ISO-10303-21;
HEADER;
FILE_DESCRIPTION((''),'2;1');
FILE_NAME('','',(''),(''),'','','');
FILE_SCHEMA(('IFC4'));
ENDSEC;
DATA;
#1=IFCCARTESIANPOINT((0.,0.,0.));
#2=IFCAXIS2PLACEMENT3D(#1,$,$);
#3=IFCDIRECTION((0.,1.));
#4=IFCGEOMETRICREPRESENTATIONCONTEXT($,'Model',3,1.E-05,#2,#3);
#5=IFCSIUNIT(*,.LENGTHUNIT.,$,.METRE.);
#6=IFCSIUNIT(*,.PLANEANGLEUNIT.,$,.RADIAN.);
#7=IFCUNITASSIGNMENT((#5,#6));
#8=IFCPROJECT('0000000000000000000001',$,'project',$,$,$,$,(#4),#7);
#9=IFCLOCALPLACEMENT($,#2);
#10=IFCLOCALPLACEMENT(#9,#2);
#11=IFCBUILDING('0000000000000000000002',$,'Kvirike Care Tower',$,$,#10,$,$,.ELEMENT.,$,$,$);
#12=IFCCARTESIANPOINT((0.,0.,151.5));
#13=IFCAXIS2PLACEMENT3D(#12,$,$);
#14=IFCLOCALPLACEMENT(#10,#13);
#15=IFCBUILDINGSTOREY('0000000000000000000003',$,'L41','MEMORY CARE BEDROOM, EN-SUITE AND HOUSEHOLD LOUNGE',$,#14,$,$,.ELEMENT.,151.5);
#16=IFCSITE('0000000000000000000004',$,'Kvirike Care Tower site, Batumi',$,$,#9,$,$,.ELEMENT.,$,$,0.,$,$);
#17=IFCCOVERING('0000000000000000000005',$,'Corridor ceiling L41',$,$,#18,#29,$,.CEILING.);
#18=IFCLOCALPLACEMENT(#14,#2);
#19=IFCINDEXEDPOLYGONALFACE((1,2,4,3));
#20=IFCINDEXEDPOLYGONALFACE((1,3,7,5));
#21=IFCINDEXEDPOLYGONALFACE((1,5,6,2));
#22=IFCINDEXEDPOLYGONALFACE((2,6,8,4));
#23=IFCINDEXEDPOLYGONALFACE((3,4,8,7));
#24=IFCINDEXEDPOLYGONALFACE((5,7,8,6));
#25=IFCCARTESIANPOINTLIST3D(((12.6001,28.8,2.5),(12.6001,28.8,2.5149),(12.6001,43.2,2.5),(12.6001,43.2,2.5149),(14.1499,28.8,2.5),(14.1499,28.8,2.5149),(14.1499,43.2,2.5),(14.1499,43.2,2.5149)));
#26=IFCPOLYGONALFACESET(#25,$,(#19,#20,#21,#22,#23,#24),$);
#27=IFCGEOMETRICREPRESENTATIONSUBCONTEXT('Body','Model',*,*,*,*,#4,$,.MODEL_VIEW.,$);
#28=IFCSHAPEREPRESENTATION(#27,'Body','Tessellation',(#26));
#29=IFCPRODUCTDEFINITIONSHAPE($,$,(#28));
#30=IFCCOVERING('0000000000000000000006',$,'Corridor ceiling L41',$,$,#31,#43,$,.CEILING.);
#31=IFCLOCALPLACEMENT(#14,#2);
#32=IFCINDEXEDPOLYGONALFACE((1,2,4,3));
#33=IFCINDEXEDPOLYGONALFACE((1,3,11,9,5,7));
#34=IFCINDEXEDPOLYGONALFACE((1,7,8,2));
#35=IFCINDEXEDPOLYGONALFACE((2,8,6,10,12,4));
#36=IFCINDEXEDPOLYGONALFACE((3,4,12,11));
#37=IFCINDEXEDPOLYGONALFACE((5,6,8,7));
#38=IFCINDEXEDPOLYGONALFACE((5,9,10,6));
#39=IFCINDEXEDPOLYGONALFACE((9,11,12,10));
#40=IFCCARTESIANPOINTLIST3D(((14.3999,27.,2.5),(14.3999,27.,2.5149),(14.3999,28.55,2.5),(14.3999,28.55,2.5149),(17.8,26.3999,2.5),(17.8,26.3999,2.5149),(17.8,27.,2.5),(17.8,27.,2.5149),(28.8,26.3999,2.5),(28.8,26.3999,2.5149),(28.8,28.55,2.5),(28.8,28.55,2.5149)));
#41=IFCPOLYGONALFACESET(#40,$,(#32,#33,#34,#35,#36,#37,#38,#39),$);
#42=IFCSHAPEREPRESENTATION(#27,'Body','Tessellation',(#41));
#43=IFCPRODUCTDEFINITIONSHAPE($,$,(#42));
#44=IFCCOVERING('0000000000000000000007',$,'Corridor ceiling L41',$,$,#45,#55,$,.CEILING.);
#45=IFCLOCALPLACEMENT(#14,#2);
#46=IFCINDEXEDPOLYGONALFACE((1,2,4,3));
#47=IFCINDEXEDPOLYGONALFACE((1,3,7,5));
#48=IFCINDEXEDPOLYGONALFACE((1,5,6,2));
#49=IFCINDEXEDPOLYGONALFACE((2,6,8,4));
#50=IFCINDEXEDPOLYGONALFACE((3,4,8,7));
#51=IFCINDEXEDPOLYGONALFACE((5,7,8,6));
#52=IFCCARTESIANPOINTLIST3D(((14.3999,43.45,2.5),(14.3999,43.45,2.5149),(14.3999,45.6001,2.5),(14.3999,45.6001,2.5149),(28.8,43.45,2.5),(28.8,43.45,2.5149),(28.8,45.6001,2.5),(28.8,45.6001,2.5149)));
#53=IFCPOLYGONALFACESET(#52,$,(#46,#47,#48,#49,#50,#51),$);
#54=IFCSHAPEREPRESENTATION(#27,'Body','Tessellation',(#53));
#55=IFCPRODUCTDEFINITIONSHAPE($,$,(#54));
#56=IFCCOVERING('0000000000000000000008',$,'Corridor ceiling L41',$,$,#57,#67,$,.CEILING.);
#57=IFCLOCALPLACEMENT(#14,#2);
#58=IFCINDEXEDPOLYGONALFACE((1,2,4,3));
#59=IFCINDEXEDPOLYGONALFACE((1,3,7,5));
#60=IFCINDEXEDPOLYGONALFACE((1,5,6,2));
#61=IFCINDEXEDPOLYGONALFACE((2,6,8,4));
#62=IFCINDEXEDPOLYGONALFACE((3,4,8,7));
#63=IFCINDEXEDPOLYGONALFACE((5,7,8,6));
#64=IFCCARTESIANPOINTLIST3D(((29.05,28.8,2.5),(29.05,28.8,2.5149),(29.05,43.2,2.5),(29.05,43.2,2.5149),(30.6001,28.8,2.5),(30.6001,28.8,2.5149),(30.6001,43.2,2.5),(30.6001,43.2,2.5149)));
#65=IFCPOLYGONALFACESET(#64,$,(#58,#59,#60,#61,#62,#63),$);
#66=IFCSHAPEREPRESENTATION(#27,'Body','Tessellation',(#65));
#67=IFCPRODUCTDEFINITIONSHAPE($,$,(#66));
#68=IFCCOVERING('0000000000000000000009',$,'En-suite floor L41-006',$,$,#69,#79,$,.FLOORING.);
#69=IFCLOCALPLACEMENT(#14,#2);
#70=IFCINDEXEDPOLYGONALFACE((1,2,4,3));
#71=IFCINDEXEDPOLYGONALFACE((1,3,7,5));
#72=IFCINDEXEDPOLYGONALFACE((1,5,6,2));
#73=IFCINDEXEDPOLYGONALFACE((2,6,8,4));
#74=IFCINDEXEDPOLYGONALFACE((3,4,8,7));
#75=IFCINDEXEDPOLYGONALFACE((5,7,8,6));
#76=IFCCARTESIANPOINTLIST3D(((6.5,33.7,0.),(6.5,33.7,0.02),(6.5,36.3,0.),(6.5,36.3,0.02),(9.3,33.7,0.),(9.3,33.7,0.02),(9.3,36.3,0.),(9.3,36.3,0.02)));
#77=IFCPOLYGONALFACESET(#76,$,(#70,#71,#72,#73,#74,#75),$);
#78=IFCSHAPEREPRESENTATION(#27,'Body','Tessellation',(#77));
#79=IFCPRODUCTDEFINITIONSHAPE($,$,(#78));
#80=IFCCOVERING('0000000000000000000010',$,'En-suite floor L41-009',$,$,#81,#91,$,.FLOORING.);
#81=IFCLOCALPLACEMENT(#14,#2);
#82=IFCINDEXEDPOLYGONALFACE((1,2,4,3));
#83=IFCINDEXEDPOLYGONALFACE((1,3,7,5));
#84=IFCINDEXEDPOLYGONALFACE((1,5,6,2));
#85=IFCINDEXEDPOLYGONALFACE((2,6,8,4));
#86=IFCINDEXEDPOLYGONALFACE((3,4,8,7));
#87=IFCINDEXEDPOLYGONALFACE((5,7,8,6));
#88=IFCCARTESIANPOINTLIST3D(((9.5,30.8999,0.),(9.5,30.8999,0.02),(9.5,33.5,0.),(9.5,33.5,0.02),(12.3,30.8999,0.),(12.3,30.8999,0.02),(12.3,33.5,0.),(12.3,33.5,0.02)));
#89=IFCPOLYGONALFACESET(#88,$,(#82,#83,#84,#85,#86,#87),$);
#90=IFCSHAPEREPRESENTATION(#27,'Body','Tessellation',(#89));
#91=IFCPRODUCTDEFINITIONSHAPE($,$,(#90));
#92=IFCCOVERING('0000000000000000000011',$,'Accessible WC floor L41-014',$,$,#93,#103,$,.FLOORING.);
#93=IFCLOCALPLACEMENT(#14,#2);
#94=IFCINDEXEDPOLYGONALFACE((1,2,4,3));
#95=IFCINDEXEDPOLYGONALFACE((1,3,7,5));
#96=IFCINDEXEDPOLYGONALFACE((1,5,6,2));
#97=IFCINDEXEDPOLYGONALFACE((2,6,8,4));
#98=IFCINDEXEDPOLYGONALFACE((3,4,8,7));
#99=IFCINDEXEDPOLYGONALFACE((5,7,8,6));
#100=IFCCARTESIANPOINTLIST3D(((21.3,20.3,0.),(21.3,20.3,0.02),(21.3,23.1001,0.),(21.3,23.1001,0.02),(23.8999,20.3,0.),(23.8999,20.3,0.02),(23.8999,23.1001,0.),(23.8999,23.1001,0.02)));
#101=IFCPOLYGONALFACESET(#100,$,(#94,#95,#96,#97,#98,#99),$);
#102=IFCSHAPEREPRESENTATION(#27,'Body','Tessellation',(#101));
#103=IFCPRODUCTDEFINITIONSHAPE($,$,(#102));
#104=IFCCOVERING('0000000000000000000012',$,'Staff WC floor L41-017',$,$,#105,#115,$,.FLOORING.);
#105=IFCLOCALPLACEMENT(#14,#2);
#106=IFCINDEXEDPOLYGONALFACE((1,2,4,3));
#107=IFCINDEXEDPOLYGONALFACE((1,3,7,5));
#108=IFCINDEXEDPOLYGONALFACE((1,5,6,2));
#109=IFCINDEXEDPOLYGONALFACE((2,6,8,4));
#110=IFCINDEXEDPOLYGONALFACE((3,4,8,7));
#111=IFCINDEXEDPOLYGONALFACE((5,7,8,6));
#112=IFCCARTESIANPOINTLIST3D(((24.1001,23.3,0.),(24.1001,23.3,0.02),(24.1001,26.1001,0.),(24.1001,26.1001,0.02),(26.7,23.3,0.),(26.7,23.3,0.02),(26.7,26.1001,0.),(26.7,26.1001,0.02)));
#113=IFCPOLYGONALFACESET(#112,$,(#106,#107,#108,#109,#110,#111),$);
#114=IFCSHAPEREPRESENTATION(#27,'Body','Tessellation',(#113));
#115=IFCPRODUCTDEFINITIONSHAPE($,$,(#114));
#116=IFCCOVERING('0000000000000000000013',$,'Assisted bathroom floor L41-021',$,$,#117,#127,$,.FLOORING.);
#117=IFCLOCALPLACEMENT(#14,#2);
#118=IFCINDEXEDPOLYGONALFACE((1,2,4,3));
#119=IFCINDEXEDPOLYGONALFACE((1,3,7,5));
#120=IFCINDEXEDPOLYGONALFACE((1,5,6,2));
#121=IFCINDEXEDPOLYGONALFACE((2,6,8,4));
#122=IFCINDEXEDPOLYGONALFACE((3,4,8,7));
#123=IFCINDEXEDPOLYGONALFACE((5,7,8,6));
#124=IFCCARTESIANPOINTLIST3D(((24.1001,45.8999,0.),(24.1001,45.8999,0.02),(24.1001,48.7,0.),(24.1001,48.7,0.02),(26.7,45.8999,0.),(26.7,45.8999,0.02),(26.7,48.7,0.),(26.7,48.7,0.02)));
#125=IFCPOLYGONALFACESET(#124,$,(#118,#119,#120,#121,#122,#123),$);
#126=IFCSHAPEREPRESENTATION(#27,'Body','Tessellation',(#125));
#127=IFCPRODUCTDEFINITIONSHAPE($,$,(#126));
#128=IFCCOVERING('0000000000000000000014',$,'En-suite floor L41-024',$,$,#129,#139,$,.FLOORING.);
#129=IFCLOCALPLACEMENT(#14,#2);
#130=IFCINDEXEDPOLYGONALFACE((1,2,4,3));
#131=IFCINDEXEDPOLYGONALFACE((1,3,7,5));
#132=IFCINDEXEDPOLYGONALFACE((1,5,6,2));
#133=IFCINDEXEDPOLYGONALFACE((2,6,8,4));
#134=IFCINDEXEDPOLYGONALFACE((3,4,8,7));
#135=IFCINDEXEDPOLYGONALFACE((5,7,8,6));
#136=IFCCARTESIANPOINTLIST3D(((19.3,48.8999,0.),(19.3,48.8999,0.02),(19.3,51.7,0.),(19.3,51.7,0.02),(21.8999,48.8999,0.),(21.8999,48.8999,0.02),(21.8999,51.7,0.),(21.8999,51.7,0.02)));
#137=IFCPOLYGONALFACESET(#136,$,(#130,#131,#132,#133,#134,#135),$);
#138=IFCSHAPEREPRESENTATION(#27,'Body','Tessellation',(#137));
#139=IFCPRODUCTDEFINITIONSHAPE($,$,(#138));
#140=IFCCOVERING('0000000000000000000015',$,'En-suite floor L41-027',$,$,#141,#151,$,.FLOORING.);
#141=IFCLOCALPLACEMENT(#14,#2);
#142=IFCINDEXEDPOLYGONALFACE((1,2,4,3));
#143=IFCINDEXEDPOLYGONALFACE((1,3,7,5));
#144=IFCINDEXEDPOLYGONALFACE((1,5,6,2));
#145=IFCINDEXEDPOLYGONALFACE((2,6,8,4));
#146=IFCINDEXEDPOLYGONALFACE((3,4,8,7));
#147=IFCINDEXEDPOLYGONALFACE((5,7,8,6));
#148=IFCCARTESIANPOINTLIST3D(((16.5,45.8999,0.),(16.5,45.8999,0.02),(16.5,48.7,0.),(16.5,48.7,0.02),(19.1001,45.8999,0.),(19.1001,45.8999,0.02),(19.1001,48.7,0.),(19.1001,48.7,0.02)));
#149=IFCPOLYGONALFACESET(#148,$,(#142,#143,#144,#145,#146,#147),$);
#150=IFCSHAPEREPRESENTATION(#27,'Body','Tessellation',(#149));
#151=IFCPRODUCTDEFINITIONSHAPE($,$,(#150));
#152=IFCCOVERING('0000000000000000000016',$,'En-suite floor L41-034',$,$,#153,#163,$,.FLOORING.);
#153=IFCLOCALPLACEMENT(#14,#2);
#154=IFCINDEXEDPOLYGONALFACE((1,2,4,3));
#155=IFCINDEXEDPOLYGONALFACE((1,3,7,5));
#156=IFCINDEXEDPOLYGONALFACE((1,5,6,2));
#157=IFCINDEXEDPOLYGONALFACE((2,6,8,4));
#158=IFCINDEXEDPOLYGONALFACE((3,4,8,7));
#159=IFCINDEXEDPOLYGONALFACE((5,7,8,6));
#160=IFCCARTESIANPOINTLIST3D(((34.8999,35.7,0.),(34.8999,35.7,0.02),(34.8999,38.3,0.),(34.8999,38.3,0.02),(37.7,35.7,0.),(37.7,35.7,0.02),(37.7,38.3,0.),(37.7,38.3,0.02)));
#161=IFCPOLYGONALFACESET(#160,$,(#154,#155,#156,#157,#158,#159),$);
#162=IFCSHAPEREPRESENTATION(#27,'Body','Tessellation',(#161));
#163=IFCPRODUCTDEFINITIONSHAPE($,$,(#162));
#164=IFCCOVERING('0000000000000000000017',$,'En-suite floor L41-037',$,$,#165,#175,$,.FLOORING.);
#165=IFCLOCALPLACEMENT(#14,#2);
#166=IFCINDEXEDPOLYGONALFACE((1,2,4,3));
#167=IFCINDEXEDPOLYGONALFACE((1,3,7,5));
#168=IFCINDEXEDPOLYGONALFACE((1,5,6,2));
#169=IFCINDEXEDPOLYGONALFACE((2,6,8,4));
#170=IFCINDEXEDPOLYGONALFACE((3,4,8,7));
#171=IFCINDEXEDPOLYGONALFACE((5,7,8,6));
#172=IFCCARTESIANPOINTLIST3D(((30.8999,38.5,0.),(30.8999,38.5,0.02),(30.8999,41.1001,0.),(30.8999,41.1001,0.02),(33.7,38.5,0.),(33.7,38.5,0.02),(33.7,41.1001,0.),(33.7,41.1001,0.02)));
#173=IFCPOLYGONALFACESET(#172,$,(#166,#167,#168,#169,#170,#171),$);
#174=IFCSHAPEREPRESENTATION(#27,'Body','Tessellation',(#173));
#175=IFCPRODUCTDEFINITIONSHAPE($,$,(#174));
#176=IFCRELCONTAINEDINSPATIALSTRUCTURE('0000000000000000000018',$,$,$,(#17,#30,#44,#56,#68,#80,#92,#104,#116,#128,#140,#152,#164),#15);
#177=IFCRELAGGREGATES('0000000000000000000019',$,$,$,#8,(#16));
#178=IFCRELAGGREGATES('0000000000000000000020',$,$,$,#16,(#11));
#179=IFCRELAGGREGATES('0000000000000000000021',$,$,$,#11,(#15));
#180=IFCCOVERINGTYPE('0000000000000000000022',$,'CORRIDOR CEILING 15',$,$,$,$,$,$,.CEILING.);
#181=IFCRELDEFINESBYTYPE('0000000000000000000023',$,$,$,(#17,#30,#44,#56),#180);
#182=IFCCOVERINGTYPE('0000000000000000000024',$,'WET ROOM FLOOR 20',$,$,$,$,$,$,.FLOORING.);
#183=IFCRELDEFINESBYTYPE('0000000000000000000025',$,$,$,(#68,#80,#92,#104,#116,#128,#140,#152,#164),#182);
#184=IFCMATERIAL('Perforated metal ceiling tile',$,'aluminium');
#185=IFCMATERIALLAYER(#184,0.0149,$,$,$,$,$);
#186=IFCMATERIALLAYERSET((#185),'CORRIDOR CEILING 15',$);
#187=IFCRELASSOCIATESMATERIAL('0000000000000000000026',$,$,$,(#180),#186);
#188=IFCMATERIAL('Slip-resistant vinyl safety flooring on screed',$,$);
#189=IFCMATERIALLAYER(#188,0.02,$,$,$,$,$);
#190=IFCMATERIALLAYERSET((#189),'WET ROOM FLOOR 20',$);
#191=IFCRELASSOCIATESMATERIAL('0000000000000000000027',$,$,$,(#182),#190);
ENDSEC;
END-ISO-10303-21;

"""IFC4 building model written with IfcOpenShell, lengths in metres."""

from ifc_helpers import new_model, si_unit, direction, frame, origin, place, context, subcontext, project, spatial, polyline, outline, extrude, material, layer, layer_set, type_object, element, save


model = new_model("IFC4")

# Units and contexts
model_context = context("Model", 3, precision=1e-05, world=origin(), true_north=direction((0.0, 1.0)))
body_context = subcontext(model_context, "Body", "Model", "MODEL_VIEW")
ifc_project = project(units=[si_unit("LENGTHUNIT", "METRE"), si_unit("PLANEANGLEUNIT", "RADIAN")], contexts=[model_context])

# Site, building, storey
site_placement = place(None, origin())
site = spatial("IfcSite", under=ifc_project, at=site_placement, Name="Kvirike Care Tower site, Batumi", CompositionType="ELEMENT", RefElevation=0.0)
building_placement = place(site_placement, origin())
building = spatial("IfcBuilding", under=site, at=building_placement, Name="Kvirike Care Tower", CompositionType="ELEMENT")
storey_placement = place(building_placement, frame((0.0, 0.0, 151.5)))
storey = spatial("IfcBuildingStorey", under=building, at=storey_placement, Name="L41", Description="MEMORY CARE BEDROOM, EN-SUITE AND HOUSEHOLD LOUNGE", CompositionType="ELEMENT", Elevation=151.5)

# Coverings
ifc_material_1 = material(Name="Perforated metal ceiling tile", Category="aluminium")
ifc_layer_1 = layer(ifc_material_1, 0.0149)
ifc_layer_set_1 = layer_set([ifc_layer_1], Name="CORRIDOR CEILING 15")
covering_type_1 = type_object("IfcCoveringType", Name="CORRIDOR CEILING 15", PredefinedType="CEILING", material=ifc_layer_set_1)
covering_1_placement = place(storey_placement, frame((0.0, 0.0, 2.5)))
element("IfcCovering", 1, at=covering_1_placement, inside=storey, type_object=covering_type_1, Name="Corridor ceiling L41", PredefinedType="CEILING", context=body_context, shape_type="SweptSolid", body=[
    extrude(outline(polyline([(12.6001, 43.2), (14.1499, 43.2), (14.1499, 28.8), (12.6001, 28.8), (12.6001, 43.2)])), origin(), (0.0, 0.0, 1.0), 0.0149),
])
covering_2_placement = place(storey_placement, frame((0.0, 0.0, 2.5)))
element("IfcCovering", 2, at=covering_2_placement, inside=storey, type_object=covering_type_1, Name="Corridor ceiling L41", PredefinedType="CEILING", context=body_context, shape_type="SweptSolid", body=[
    extrude(outline(polyline([(14.3999, 28.55), (28.8, 28.55), (28.8, 26.3999), (17.8, 26.3999), (17.8, 27.0), (14.3999, 27.0), (14.3999, 28.55)])), origin(), (0.0, 0.0, 1.0), 0.0149),
])
covering_3_placement = place(storey_placement, frame((0.0, 0.0, 2.5)))
element("IfcCovering", 3, at=covering_3_placement, inside=storey, type_object=covering_type_1, Name="Corridor ceiling L41", PredefinedType="CEILING", context=body_context, shape_type="SweptSolid", body=[
    extrude(outline(polyline([(28.8, 45.6001), (28.8, 43.45), (14.3999, 43.45), (14.3999, 45.6001), (28.8, 45.6001)])), origin(), (0.0, 0.0, 1.0), 0.0149),
])
covering_4_placement = place(storey_placement, frame((0.0, 0.0, 2.5)))
element("IfcCovering", 4, at=covering_4_placement, inside=storey, type_object=covering_type_1, Name="Corridor ceiling L41", PredefinedType="CEILING", context=body_context, shape_type="SweptSolid", body=[
    extrude(outline(polyline([(30.6001, 28.8), (29.05, 28.8), (29.05, 43.2), (30.6001, 43.2), (30.6001, 28.8)])), origin(), (0.0, 0.0, 1.0), 0.0149),
])
ifc_material_2 = material(Name="Slip-resistant vinyl safety flooring on screed")
ifc_layer_2 = layer(ifc_material_2, 0.02)
ifc_layer_set_2 = layer_set([ifc_layer_2], Name="WET ROOM FLOOR 20")
covering_type_2 = type_object("IfcCoveringType", Name="WET ROOM FLOOR 20", PredefinedType="FLOORING", material=ifc_layer_set_2)
covering_5_placement = place(storey_placement, origin())
element("IfcCovering", 5, at=covering_5_placement, inside=storey, type_object=covering_type_2, Name="En-suite floor L41-006", PredefinedType="FLOORING", context=body_context, shape_type="SweptSolid", body=[
    extrude(outline(polyline([(6.5, 36.3), (9.3, 36.3), (9.3, 33.7), (6.5, 33.7), (6.5, 36.3)])), origin(), (0.0, 0.0, 1.0), 0.02),
])
covering_6_placement = place(storey_placement, origin())
element("IfcCovering", 6, at=covering_6_placement, inside=storey, type_object=covering_type_2, Name="En-suite floor L41-009", PredefinedType="FLOORING", context=body_context, shape_type="SweptSolid", body=[
    extrude(outline(polyline([(9.5, 33.5), (12.3, 33.5), (12.3, 30.8999), (9.5, 30.8999), (9.5, 33.5)])), origin(), (0.0, 0.0, 1.0), 0.02),
])
covering_7_placement = place(storey_placement, origin())
element("IfcCovering", 7, at=covering_7_placement, inside=storey, type_object=covering_type_2, Name="Accessible WC floor L41-014", PredefinedType="FLOORING", context=body_context, shape_type="SweptSolid", body=[
    extrude(outline(polyline([(21.3, 20.3), (21.3, 23.1001), (23.8999, 23.1001), (23.8999, 20.3), (21.3, 20.3)])), origin(), (0.0, 0.0, 1.0), 0.02),
])
covering_8_placement = place(storey_placement, origin())
element("IfcCovering", 8, at=covering_8_placement, inside=storey, type_object=covering_type_2, Name="Staff WC floor L41-017", PredefinedType="FLOORING", context=body_context, shape_type="SweptSolid", body=[
    extrude(outline(polyline([(24.1001, 23.3), (24.1001, 26.1001), (26.7, 26.1001), (26.7, 23.3), (24.1001, 23.3)])), origin(), (0.0, 0.0, 1.0), 0.02),
])
covering_9_placement = place(storey_placement, origin())
element("IfcCovering", 9, at=covering_9_placement, inside=storey, type_object=covering_type_2, Name="Assisted bathroom floor L41-021", PredefinedType="FLOORING", context=body_context, shape_type="SweptSolid", body=[
    extrude(outline(polyline([(26.7, 48.7), (26.7, 45.8999), (24.1001, 45.8999), (24.1001, 48.7), (26.7, 48.7)])), origin(), (0.0, 0.0, 1.0), 0.02),
])
covering_10_placement = place(storey_placement, origin())
element("IfcCovering", 10, at=covering_10_placement, inside=storey, type_object=covering_type_2, Name="En-suite floor L41-024", PredefinedType="FLOORING", context=body_context, shape_type="SweptSolid", body=[
    extrude(outline(polyline([(21.8999, 51.7), (21.8999, 48.8999), (19.3, 48.8999), (19.3, 51.7), (21.8999, 51.7)])), origin(), (0.0, 0.0, 1.0), 0.02),
])
covering_11_placement = place(storey_placement, origin())
element("IfcCovering", 11, at=covering_11_placement, inside=storey, type_object=covering_type_2, Name="En-suite floor L41-027", PredefinedType="FLOORING", context=body_context, shape_type="SweptSolid", body=[
    extrude(outline(polyline([(19.1001, 48.7), (19.1001, 45.8999), (16.5, 45.8999), (16.5, 48.7), (19.1001, 48.7)])), origin(), (0.0, 0.0, 1.0), 0.02),
])
covering_12_placement = place(storey_placement, origin())
element("IfcCovering", 12, at=covering_12_placement, inside=storey, type_object=covering_type_2, Name="En-suite floor L41-034", PredefinedType="FLOORING", context=body_context, shape_type="SweptSolid", body=[
    extrude(outline(polyline([(37.7, 35.7), (34.8999, 35.7), (34.8999, 38.3), (37.7, 38.3), (37.7, 35.7)])), origin(), (0.0, 0.0, 1.0), 0.02),
])
covering_13_placement = place(storey_placement, origin())
element("IfcCovering", 13, at=covering_13_placement, inside=storey, type_object=covering_type_2, Name="En-suite floor L41-037", PredefinedType="FLOORING", context=body_context, shape_type="SweptSolid", body=[
    extrude(outline(polyline([(33.7, 38.5), (30.8999, 38.5), (30.8999, 41.1001), (33.7, 41.1001), (33.7, 38.5)])), origin(), (0.0, 0.0, 1.0), 0.02),
])

save(model, "model.ifc")
